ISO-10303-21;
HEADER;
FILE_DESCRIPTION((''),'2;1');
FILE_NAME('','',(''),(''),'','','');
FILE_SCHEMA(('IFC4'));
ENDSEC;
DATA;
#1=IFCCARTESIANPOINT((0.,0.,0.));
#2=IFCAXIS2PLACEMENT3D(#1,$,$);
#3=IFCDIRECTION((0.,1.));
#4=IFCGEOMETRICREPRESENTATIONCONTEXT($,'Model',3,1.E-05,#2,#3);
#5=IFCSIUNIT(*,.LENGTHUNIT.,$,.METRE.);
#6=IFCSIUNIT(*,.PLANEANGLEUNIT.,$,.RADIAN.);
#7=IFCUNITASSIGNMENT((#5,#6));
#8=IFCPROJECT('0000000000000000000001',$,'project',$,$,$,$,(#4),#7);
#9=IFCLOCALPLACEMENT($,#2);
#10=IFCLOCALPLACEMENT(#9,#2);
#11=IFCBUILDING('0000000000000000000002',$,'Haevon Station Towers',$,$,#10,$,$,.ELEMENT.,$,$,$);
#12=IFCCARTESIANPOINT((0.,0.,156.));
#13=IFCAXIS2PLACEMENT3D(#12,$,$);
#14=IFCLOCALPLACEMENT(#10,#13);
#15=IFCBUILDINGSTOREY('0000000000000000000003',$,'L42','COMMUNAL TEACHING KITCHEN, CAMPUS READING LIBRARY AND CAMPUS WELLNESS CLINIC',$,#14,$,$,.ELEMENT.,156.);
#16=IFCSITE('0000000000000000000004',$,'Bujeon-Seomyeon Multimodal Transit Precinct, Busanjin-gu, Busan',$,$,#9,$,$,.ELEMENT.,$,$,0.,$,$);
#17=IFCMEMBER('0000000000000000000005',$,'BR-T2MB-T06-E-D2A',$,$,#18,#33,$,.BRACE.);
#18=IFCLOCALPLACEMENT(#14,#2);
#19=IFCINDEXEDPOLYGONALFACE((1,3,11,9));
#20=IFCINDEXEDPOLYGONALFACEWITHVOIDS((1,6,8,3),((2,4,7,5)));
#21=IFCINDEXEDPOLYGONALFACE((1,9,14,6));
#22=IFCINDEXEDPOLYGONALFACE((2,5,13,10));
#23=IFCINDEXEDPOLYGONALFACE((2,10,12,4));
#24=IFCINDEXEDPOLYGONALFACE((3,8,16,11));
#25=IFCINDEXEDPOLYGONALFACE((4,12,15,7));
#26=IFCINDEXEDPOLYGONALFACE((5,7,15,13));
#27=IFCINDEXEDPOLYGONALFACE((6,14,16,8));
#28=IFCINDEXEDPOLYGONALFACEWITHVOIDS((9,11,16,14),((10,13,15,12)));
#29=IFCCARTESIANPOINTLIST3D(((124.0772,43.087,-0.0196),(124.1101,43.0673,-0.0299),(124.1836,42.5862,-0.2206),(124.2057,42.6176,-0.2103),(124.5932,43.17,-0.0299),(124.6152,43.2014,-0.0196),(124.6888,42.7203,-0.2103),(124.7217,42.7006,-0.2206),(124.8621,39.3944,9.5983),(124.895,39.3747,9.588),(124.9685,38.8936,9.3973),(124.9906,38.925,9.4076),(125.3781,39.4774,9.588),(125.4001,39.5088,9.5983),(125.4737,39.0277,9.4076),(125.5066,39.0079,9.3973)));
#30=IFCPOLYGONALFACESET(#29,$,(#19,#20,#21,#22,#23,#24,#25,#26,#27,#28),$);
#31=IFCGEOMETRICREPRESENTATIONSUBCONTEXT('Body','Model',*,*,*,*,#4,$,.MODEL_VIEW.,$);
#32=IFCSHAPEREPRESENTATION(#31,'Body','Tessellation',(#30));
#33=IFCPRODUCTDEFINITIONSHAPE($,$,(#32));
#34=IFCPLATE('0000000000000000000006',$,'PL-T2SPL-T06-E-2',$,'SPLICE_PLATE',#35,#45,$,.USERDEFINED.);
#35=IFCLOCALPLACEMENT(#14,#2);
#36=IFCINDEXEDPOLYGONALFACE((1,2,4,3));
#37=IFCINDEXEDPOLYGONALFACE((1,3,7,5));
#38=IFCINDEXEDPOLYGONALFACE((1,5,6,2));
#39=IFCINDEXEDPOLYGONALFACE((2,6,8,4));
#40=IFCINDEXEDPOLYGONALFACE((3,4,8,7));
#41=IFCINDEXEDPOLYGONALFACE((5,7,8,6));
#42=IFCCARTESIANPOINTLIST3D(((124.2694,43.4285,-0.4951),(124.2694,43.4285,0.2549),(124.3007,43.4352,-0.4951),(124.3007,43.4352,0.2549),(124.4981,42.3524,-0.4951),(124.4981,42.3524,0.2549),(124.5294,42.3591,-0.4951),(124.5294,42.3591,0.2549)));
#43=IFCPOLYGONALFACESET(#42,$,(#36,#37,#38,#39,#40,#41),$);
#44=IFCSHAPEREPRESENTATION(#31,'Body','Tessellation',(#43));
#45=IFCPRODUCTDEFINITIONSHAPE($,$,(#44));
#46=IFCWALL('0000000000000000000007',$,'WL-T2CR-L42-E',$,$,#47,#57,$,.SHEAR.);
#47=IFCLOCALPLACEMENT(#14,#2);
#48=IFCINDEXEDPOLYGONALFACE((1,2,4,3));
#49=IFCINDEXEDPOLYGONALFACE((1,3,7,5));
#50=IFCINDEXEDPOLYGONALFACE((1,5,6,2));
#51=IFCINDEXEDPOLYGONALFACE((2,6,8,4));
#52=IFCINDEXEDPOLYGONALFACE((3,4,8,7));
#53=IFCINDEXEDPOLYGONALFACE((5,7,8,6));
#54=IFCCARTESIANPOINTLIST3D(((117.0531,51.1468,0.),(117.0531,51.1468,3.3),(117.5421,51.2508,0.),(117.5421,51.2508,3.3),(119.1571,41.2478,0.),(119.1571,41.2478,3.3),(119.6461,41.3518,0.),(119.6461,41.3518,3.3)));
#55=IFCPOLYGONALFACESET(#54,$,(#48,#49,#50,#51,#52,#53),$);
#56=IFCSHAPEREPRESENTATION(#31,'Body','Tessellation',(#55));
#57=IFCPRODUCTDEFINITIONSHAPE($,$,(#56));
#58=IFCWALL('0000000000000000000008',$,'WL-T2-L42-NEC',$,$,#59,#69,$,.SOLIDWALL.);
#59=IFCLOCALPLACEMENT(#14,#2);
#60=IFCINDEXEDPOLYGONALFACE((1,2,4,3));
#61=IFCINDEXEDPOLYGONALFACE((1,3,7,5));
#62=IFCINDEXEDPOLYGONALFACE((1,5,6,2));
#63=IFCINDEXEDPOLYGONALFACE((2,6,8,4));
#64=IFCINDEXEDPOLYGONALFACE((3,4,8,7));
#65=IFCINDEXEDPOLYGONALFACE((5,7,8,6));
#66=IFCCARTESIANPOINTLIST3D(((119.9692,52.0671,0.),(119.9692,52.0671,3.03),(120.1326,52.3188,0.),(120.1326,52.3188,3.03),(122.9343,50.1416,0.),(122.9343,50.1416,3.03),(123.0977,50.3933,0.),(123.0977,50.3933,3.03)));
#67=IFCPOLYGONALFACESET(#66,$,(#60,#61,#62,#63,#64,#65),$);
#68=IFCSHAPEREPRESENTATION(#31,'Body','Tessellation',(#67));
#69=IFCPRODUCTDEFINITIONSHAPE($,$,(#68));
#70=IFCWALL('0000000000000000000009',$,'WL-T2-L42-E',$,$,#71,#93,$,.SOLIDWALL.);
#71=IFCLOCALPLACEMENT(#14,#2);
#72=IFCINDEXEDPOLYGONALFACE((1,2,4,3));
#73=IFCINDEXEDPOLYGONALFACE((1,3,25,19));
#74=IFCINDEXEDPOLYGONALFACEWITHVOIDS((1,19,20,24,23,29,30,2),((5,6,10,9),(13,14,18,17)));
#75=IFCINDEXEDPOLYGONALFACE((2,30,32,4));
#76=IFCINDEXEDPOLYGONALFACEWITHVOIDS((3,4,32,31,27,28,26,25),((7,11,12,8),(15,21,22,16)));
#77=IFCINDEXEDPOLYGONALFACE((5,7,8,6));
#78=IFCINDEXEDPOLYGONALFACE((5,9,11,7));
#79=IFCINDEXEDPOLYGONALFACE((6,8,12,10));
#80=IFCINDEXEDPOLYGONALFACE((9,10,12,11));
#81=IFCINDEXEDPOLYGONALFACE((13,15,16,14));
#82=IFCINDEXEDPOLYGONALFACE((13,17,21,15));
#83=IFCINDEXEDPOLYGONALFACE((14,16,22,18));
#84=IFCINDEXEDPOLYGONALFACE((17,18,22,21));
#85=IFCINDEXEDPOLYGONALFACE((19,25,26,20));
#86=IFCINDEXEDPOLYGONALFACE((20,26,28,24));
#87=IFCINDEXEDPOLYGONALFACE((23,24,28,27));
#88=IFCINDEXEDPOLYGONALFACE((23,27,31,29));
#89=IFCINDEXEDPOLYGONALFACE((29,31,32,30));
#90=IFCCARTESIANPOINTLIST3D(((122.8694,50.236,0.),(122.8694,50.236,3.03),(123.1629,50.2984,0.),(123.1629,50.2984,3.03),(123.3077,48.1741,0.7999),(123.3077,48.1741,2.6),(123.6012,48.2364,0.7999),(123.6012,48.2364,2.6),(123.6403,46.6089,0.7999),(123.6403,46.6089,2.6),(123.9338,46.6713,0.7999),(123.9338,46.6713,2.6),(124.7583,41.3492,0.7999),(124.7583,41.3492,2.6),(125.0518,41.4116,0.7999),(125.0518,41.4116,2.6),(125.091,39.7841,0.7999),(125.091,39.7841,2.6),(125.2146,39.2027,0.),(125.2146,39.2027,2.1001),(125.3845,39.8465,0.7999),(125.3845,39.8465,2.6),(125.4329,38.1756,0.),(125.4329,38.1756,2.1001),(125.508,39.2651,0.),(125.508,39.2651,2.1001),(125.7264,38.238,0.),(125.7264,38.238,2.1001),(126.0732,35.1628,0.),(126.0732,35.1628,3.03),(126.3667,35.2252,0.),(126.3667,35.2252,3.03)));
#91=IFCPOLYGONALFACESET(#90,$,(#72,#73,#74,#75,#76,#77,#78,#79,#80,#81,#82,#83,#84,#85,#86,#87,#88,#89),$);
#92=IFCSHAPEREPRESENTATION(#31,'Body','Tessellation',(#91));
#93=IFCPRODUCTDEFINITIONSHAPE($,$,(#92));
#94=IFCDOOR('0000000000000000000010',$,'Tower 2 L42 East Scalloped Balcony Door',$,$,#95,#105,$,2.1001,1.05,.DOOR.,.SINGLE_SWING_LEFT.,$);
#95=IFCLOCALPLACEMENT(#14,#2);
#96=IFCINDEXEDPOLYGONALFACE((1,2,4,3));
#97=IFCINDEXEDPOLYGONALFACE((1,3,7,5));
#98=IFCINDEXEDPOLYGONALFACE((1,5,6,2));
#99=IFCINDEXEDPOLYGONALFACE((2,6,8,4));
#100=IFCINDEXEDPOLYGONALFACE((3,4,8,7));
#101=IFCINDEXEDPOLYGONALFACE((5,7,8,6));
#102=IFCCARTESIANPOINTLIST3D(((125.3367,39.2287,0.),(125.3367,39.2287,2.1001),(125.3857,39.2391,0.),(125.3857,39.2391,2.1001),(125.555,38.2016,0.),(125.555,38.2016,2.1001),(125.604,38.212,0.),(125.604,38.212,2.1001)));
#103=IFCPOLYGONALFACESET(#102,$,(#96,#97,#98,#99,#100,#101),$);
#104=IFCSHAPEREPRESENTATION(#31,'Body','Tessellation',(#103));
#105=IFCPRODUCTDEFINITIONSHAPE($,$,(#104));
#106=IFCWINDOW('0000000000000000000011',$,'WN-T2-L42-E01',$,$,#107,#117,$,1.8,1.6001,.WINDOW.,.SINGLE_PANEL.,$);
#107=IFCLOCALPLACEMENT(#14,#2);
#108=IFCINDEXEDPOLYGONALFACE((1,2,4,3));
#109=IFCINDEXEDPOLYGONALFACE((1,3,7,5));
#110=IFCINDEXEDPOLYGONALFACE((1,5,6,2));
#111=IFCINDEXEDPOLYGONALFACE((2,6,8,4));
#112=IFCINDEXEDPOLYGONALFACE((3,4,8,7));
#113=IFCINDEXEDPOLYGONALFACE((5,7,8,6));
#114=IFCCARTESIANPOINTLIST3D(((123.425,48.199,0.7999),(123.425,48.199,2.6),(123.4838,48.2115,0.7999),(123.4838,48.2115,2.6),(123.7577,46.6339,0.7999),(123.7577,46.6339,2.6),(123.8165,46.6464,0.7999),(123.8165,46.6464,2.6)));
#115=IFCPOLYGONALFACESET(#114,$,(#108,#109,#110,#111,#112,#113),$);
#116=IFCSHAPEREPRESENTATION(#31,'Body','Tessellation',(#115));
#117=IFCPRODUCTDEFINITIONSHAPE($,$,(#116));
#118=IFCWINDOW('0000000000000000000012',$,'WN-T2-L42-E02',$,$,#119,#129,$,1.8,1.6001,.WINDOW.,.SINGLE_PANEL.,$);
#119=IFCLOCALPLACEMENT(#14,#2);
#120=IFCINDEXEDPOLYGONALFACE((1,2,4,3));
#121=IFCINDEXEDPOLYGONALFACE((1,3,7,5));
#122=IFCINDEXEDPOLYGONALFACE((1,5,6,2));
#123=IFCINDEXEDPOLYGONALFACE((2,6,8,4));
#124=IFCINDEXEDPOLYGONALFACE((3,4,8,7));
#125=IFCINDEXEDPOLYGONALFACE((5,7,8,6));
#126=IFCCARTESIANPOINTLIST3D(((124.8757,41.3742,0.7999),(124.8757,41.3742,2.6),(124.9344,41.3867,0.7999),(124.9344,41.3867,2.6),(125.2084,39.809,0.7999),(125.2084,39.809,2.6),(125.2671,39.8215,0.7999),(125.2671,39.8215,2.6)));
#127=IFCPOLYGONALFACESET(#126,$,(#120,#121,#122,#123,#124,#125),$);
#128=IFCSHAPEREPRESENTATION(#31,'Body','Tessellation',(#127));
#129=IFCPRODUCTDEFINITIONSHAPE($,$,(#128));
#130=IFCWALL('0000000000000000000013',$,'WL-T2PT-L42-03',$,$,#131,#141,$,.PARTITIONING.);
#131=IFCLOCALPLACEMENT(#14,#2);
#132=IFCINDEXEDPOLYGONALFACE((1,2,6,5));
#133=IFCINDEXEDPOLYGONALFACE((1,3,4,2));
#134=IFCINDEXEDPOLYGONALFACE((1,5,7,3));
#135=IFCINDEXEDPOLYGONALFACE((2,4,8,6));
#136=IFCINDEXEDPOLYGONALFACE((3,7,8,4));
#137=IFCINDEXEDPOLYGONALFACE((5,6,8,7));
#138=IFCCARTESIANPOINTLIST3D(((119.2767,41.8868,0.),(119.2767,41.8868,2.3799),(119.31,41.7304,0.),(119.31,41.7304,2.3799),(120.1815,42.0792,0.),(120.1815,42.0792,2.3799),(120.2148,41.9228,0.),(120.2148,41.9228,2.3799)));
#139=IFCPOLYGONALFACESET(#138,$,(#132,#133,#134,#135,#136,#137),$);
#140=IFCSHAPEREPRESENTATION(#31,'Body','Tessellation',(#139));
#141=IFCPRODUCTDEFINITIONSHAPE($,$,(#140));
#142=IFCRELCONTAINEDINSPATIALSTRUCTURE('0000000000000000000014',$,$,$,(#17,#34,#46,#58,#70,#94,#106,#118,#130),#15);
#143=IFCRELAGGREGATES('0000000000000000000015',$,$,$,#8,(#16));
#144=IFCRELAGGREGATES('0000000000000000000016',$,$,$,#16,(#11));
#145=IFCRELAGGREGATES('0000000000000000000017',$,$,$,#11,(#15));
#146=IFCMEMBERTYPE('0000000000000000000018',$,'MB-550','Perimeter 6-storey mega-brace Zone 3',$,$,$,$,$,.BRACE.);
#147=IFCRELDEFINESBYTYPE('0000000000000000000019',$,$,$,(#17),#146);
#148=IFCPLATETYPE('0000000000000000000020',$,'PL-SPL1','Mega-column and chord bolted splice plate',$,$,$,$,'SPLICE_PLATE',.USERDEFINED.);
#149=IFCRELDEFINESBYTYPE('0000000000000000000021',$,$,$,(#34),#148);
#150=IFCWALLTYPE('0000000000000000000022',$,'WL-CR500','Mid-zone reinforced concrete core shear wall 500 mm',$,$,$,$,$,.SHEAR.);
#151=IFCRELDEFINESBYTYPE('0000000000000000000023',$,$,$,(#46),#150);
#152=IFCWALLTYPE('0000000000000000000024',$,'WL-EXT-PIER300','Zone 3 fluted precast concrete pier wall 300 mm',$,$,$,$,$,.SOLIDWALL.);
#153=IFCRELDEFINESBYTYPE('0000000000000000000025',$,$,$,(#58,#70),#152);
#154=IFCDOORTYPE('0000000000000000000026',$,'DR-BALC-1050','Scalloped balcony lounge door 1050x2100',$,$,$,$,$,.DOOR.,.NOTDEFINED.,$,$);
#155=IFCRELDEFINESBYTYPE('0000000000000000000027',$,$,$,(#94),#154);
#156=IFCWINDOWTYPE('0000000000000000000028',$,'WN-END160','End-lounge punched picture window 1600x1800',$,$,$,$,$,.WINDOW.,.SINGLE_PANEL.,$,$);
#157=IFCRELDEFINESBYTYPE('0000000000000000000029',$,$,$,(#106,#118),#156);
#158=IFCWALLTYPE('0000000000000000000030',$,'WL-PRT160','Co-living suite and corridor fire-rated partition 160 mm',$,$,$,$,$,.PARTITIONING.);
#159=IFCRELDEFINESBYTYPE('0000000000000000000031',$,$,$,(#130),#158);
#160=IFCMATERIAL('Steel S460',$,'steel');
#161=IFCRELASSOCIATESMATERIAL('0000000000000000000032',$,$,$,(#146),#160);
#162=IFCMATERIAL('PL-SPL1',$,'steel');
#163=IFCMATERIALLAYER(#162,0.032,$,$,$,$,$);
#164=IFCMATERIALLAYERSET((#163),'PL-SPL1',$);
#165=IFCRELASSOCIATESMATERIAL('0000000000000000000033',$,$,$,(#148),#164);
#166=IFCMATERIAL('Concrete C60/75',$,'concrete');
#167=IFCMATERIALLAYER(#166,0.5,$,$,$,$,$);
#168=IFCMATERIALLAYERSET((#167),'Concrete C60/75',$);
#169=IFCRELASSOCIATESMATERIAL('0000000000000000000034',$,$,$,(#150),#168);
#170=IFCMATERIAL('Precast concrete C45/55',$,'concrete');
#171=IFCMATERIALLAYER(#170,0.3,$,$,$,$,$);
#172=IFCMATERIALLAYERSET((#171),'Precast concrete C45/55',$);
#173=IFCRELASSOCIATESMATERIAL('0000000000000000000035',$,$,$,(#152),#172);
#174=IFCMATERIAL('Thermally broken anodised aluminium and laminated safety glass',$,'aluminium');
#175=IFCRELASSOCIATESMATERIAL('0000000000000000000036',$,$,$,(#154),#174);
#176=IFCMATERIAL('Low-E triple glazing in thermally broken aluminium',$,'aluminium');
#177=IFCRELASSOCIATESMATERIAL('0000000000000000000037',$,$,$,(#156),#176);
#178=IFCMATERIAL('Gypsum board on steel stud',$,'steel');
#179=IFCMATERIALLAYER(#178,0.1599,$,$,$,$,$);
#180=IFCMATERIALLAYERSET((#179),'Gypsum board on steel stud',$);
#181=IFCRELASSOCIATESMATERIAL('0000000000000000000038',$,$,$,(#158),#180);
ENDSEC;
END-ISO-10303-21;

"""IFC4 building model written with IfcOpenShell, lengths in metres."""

from ifc_helpers import new_model, si_unit, direction, frame, frame_2d, origin, origin_2d, place, context, subcontext, project, spatial, rectangle, hollow_rectangle, extrude, material, layer, layer_set, material_profile, profile_set, type_object, element, fill, save


model = new_model("IFC4")

# Units and contexts
model_context = context("Model", 3, precision=1e-05, world=origin(), true_north=direction((0.0, 1.0)))
body_context = subcontext(model_context, "Body", "Model", "MODEL_VIEW")
ifc_project = project(units=[si_unit("LENGTHUNIT", "METRE"), si_unit("PLANEANGLEUNIT", "RADIAN")], contexts=[model_context])

# Site, building, storey
site_placement = place(None, origin())
site = spatial("IfcSite", under=ifc_project, at=site_placement, Name="Bujeon-Seomyeon Multimodal Transit Precinct, Busanjin-gu, Busan", CompositionType="ELEMENT", RefElevation=0.0)
building_placement = place(site_placement, origin())
building = spatial("IfcBuilding", under=site, at=building_placement, Name="Haevon Station Towers", CompositionType="ELEMENT")
storey_placement = place(building_placement, frame((0.0, 0.0, 156.0)))
storey = spatial("IfcBuildingStorey", under=building, at=storey_placement, Name="L42", Description="COMMUNAL TEACHING KITCHEN, CAMPUS READING LIBRARY AND CAMPUS WELLNESS CLINIC", CompositionType="ELEMENT", Elevation=156.0)

# Shared definitions
ifc_material_1 = material(Name="Steel S460", Category="steel")

# Member
ifc_material_profile_1 = material_profile(ifc_material_1, hollow_rectangle(XDim=0.55, YDim=0.55, WallThickness=0.0281, at=origin_2d()), Name="RHS-550x550x28")
ifc_profile_set_1 = profile_set([ifc_material_profile_1], Name="Steel S460")
member_type = type_object("IfcMemberType", Name="MB-550", Description="Perimeter 6-storey mega-brace Zone 3", PredefinedType="BRACE", material=ifc_profile_set_1)
member_placement = place(storey_placement, frame((124.3994, 42.8938, -0.1201), z_axis=(0.075967, -0.357388, 0.930862), x_axis=(0.978147, 0.207917, 0.0)))
element("IfcMember", 1, at=member_placement, inside=storey, type_object=member_type, Name="BR-T2MB-T06-E-D2A", PredefinedType="BRACE", context=body_context, shape_type="SweptSolid", body=[
    extrude(hollow_rectangle(XDim=0.55, YDim=0.55, WallThickness=0.0281, at=origin_2d()), origin(), (0.0, 0.0, 1.0), 10.3323),
])

# Plate
ifc_material_2 = material(Name="PL-SPL1", Category="steel")
ifc_layer_1 = layer(ifc_material_2, 0.032)
ifc_layer_set_1 = layer_set([ifc_layer_1], Name="PL-SPL1")
plate_type = type_object("IfcPlateType", Name="PL-SPL1", Description="Mega-column and chord bolted splice plate", ElementType="SPLICE_PLATE", PredefinedType="USERDEFINED", material=ifc_layer_set_1)
plate_placement = place(storey_placement, frame((124.3994, 42.8938, -0.4951), z_axis=(0.0, 0.0, 1.0), x_axis=(-0.207912, 0.978148, 0.0)))
element("IfcPlate", 2, at=plate_placement, inside=storey, type_object=plate_type, Name="PL-T2SPL-T06-E-2", ObjectType="SPLICE_PLATE", PredefinedType="USERDEFINED", context=body_context, shape_type="SweptSolid", body=[
    extrude(rectangle(XDim=1.1001, YDim=0.032, at=origin_2d()), origin(), (0.0, 0.0, 1.0), 0.75),
])

# Walls
ifc_material_3 = material(Name="Concrete C60/75", Category="concrete")
ifc_layer_2 = layer(ifc_material_3, 0.5)
ifc_layer_set_2 = layer_set([ifc_layer_2], Name="Concrete C60/75")
wall_type_1 = type_object("IfcWallType", Name="WL-CR500", Description="Mid-zone reinforced concrete core shear wall 500 mm", PredefinedType="SHEAR", material=ifc_layer_set_2)
wall_1_placement = place(storey_placement, frame((119.4016, 41.2998, 0.0), z_axis=(0.0, 0.0, 1.0), x_axis=(-0.207904, 0.978149, 0.0)))
element("IfcWall", 3, at=wall_1_placement, inside=storey, type_object=wall_type_1, Name="WL-T2CR-L42-E", PredefinedType="SHEAR", context=body_context, shape_type="SweptSolid", body=[
    extrude(rectangle(XDim=10.1201, YDim=0.5, at=frame_2d((5.0601, 0.0))), origin(), (0.0, 0.0, 1.0), 3.3),
])
ifc_material_4 = material(Name="Precast concrete C45/55", Category="concrete")
ifc_layer_3 = layer(ifc_material_4, 0.3)
ifc_layer_set_3 = layer_set([ifc_layer_3], Name="Precast concrete C45/55")
wall_type_2 = type_object("IfcWallType", Name="WL-EXT-PIER300", Description="Zone 3 fluted precast concrete pier wall 300 mm", PredefinedType="SOLIDWALL", material=ifc_layer_set_3)
wall_2_placement = place(storey_placement, frame((120.051, 52.1929, 0.0), z_axis=(0.0, 0.0, 1.0), x_axis=(0.838672, -0.544636, 0.0)))
element("IfcWall", 4, at=wall_2_placement, inside=storey, type_object=wall_type_2, Name="WL-T2-L42-NEC", PredefinedType="SOLIDWALL", context=body_context, shape_type="SweptSolid", body=[
    extrude(rectangle(XDim=3.5354, YDim=0.3, at=frame_2d((1.7676, 0.0))), origin(), (0.0, 0.0, 1.0), 3.03),
])

# Wall, openings, door, windows
wall_3_placement = place(storey_placement, frame((123.0161, 50.2673, 0.0), z_axis=(0.0, 0.0, 1.0), x_axis=(0.207908, -0.978148, 0.0)))
wall_3 = element("IfcWall", 5, at=wall_3_placement, inside=storey, type_object=wall_type_2, Name="WL-T2-L42-E", PredefinedType="SOLIDWALL", context=body_context, shape_type="SweptSolid", body=[
    extrude(rectangle(XDim=15.4099, YDim=0.3, at=frame_2d((7.7051, 0.0))), origin(), (0.0, 0.0, 1.0), 3.03),
])
opening_1_placement = place(wall_3_placement, frame((11.28, 0.0, 0.0)))
opening_1 = element("IfcOpeningElement", 6, at=opening_1_placement, cuts=wall_3, PredefinedType="OPENING", context=body_context, shape_type="SweptSolid", body=[
    extrude(rectangle(XDim=1.05, YDim=2.1001, at=frame_2d((0.5249, 1.05))), frame((0.0, 0.1599, 0.0), z_axis=(0.0, -1.0, 0.0), x_axis=(1.0, 0.0, 0.0)), (0.0, 0.0, 1.0), 0.3201),
])
opening_2_placement = place(wall_3_placement, frame((2.1082, 0.0, 0.8)))
opening_2 = element("IfcOpeningElement", 7, at=opening_2_placement, cuts=wall_3, PredefinedType="OPENING", context=body_context, shape_type="SweptSolid", body=[
    extrude(rectangle(XDim=1.6001, YDim=1.8, at=frame_2d((0.8, 0.8999))), frame((0.0, 0.1599, 0.0), z_axis=(0.0, -1.0, 0.0), x_axis=(1.0, 0.0, 0.0)), (0.0, 0.0, 1.0), 0.3201),
])
opening_3_placement = place(wall_3_placement, frame((9.0854, 0.0, 0.8)))
opening_3 = element("IfcOpeningElement", 8, at=opening_3_placement, cuts=wall_3, PredefinedType="OPENING", context=body_context, shape_type="SweptSolid", body=[
    extrude(rectangle(XDim=1.6001, YDim=1.8, at=frame_2d((0.8, 0.8999))), frame((0.0, 0.1599, 0.0), z_axis=(0.0, -1.0, 0.0), x_axis=(1.0, 0.0, 0.0)), (0.0, 0.0, 1.0), 0.3201),
])
ifc_material_5 = material(Name="Thermally broken anodised aluminium and laminated safety glass", Category="aluminium")
door_type = type_object("IfcDoorType", Name="DR-BALC-1050", Description="Scalloped balcony lounge door 1050x2100", OperationType="NOTDEFINED", PredefinedType="DOOR", material=ifc_material_5)
door_placement = place(opening_1_placement, origin())
door = element("IfcDoor", 9, at=door_placement, inside=storey, type_object=door_type, Name="Tower 2 L42 East Scalloped Balcony Door", OperationType="SINGLE_SWING_LEFT", OverallHeight=2.1001, OverallWidth=1.05, PredefinedType="DOOR", context=body_context, shape_type="SweptSolid", body=[
    extrude(rectangle(XDim=1.05, YDim=2.1001, at=frame_2d((0.5249, 1.05))), frame((0.0, 0.0249, 0.0), z_axis=(0.0, -1.0, 0.0), x_axis=(1.0, 0.0, 0.0)), (0.0, 0.0, 1.0), 0.05),
])
fill(opening_1, door)
ifc_material_6 = material(Name="Low-E triple glazing in thermally broken aluminium", Category="aluminium")
window_type = type_object("IfcWindowType", Name="WN-END160", Description="End-lounge punched picture window 1600x1800", PartitioningType="SINGLE_PANEL", PredefinedType="WINDOW", material=ifc_material_6)
window_1_placement = place(opening_2_placement, origin())
window_1 = element("IfcWindow", 10, at=window_1_placement, inside=storey, type_object=window_type, Name="WN-T2-L42-E01", OverallHeight=1.8, OverallWidth=1.6001, PartitioningType="SINGLE_PANEL", PredefinedType="WINDOW", context=body_context, shape_type="SweptSolid", body=[
    extrude(rectangle(XDim=1.6001, YDim=1.8, at=frame_2d((0.8, 0.8999))), frame((0.0, 0.03, 0.0), z_axis=(0.0, -1.0, 0.0), x_axis=(1.0, 0.0, 0.0)), (0.0, 0.0, 1.0), 0.0601),
])
fill(opening_2, window_1)
window_2_placement = place(opening_3_placement, origin())
window_2 = element("IfcWindow", 11, at=window_2_placement, inside=storey, type_object=window_type, Name="WN-T2-L42-E02", OverallHeight=1.8, OverallWidth=1.6001, PartitioningType="SINGLE_PANEL", PredefinedType="WINDOW", context=body_context, shape_type="SweptSolid", body=[
    extrude(rectangle(XDim=1.6001, YDim=1.8, at=frame_2d((0.8, 0.8999))), frame((0.0, 0.03, 0.0), z_axis=(0.0, -1.0, 0.0), x_axis=(1.0, 0.0, 0.0)), (0.0, 0.0, 1.0), 0.0601),
])
fill(opening_3, window_2)

# Wall
ifc_material_7 = material(Name="Gypsum board on steel stud", Category="steel")
ifc_layer_4 = layer(ifc_material_7, 0.1599)
ifc_layer_set_4 = layer_set([ifc_layer_4], Name="Gypsum board on steel stud")
wall_type_3 = type_object("IfcWallType", Name="WL-PRT160", Description="Co-living suite and corridor fire-rated partition 160 mm", PredefinedType="PARTITIONING", material=ifc_layer_set_4)
wall_4_placement = place(storey_placement, frame((119.2935, 41.8086, 0.0), z_axis=(0.0, 0.0, 1.0), x_axis=(0.978133, 0.207979, 0.0)))
element("IfcWall", 12, at=wall_4_placement, inside=storey, type_object=wall_type_3, Name="WL-T2PT-L42-03", PredefinedType="PARTITIONING", context=body_context, shape_type="SweptSolid", body=[
    extrude(rectangle(XDim=0.925, YDim=0.1599, at=frame_2d((0.4624, 0.0))), origin(), (0.0, 0.0, 1.0), 2.3799),
])

save(model, "model.ifc")
